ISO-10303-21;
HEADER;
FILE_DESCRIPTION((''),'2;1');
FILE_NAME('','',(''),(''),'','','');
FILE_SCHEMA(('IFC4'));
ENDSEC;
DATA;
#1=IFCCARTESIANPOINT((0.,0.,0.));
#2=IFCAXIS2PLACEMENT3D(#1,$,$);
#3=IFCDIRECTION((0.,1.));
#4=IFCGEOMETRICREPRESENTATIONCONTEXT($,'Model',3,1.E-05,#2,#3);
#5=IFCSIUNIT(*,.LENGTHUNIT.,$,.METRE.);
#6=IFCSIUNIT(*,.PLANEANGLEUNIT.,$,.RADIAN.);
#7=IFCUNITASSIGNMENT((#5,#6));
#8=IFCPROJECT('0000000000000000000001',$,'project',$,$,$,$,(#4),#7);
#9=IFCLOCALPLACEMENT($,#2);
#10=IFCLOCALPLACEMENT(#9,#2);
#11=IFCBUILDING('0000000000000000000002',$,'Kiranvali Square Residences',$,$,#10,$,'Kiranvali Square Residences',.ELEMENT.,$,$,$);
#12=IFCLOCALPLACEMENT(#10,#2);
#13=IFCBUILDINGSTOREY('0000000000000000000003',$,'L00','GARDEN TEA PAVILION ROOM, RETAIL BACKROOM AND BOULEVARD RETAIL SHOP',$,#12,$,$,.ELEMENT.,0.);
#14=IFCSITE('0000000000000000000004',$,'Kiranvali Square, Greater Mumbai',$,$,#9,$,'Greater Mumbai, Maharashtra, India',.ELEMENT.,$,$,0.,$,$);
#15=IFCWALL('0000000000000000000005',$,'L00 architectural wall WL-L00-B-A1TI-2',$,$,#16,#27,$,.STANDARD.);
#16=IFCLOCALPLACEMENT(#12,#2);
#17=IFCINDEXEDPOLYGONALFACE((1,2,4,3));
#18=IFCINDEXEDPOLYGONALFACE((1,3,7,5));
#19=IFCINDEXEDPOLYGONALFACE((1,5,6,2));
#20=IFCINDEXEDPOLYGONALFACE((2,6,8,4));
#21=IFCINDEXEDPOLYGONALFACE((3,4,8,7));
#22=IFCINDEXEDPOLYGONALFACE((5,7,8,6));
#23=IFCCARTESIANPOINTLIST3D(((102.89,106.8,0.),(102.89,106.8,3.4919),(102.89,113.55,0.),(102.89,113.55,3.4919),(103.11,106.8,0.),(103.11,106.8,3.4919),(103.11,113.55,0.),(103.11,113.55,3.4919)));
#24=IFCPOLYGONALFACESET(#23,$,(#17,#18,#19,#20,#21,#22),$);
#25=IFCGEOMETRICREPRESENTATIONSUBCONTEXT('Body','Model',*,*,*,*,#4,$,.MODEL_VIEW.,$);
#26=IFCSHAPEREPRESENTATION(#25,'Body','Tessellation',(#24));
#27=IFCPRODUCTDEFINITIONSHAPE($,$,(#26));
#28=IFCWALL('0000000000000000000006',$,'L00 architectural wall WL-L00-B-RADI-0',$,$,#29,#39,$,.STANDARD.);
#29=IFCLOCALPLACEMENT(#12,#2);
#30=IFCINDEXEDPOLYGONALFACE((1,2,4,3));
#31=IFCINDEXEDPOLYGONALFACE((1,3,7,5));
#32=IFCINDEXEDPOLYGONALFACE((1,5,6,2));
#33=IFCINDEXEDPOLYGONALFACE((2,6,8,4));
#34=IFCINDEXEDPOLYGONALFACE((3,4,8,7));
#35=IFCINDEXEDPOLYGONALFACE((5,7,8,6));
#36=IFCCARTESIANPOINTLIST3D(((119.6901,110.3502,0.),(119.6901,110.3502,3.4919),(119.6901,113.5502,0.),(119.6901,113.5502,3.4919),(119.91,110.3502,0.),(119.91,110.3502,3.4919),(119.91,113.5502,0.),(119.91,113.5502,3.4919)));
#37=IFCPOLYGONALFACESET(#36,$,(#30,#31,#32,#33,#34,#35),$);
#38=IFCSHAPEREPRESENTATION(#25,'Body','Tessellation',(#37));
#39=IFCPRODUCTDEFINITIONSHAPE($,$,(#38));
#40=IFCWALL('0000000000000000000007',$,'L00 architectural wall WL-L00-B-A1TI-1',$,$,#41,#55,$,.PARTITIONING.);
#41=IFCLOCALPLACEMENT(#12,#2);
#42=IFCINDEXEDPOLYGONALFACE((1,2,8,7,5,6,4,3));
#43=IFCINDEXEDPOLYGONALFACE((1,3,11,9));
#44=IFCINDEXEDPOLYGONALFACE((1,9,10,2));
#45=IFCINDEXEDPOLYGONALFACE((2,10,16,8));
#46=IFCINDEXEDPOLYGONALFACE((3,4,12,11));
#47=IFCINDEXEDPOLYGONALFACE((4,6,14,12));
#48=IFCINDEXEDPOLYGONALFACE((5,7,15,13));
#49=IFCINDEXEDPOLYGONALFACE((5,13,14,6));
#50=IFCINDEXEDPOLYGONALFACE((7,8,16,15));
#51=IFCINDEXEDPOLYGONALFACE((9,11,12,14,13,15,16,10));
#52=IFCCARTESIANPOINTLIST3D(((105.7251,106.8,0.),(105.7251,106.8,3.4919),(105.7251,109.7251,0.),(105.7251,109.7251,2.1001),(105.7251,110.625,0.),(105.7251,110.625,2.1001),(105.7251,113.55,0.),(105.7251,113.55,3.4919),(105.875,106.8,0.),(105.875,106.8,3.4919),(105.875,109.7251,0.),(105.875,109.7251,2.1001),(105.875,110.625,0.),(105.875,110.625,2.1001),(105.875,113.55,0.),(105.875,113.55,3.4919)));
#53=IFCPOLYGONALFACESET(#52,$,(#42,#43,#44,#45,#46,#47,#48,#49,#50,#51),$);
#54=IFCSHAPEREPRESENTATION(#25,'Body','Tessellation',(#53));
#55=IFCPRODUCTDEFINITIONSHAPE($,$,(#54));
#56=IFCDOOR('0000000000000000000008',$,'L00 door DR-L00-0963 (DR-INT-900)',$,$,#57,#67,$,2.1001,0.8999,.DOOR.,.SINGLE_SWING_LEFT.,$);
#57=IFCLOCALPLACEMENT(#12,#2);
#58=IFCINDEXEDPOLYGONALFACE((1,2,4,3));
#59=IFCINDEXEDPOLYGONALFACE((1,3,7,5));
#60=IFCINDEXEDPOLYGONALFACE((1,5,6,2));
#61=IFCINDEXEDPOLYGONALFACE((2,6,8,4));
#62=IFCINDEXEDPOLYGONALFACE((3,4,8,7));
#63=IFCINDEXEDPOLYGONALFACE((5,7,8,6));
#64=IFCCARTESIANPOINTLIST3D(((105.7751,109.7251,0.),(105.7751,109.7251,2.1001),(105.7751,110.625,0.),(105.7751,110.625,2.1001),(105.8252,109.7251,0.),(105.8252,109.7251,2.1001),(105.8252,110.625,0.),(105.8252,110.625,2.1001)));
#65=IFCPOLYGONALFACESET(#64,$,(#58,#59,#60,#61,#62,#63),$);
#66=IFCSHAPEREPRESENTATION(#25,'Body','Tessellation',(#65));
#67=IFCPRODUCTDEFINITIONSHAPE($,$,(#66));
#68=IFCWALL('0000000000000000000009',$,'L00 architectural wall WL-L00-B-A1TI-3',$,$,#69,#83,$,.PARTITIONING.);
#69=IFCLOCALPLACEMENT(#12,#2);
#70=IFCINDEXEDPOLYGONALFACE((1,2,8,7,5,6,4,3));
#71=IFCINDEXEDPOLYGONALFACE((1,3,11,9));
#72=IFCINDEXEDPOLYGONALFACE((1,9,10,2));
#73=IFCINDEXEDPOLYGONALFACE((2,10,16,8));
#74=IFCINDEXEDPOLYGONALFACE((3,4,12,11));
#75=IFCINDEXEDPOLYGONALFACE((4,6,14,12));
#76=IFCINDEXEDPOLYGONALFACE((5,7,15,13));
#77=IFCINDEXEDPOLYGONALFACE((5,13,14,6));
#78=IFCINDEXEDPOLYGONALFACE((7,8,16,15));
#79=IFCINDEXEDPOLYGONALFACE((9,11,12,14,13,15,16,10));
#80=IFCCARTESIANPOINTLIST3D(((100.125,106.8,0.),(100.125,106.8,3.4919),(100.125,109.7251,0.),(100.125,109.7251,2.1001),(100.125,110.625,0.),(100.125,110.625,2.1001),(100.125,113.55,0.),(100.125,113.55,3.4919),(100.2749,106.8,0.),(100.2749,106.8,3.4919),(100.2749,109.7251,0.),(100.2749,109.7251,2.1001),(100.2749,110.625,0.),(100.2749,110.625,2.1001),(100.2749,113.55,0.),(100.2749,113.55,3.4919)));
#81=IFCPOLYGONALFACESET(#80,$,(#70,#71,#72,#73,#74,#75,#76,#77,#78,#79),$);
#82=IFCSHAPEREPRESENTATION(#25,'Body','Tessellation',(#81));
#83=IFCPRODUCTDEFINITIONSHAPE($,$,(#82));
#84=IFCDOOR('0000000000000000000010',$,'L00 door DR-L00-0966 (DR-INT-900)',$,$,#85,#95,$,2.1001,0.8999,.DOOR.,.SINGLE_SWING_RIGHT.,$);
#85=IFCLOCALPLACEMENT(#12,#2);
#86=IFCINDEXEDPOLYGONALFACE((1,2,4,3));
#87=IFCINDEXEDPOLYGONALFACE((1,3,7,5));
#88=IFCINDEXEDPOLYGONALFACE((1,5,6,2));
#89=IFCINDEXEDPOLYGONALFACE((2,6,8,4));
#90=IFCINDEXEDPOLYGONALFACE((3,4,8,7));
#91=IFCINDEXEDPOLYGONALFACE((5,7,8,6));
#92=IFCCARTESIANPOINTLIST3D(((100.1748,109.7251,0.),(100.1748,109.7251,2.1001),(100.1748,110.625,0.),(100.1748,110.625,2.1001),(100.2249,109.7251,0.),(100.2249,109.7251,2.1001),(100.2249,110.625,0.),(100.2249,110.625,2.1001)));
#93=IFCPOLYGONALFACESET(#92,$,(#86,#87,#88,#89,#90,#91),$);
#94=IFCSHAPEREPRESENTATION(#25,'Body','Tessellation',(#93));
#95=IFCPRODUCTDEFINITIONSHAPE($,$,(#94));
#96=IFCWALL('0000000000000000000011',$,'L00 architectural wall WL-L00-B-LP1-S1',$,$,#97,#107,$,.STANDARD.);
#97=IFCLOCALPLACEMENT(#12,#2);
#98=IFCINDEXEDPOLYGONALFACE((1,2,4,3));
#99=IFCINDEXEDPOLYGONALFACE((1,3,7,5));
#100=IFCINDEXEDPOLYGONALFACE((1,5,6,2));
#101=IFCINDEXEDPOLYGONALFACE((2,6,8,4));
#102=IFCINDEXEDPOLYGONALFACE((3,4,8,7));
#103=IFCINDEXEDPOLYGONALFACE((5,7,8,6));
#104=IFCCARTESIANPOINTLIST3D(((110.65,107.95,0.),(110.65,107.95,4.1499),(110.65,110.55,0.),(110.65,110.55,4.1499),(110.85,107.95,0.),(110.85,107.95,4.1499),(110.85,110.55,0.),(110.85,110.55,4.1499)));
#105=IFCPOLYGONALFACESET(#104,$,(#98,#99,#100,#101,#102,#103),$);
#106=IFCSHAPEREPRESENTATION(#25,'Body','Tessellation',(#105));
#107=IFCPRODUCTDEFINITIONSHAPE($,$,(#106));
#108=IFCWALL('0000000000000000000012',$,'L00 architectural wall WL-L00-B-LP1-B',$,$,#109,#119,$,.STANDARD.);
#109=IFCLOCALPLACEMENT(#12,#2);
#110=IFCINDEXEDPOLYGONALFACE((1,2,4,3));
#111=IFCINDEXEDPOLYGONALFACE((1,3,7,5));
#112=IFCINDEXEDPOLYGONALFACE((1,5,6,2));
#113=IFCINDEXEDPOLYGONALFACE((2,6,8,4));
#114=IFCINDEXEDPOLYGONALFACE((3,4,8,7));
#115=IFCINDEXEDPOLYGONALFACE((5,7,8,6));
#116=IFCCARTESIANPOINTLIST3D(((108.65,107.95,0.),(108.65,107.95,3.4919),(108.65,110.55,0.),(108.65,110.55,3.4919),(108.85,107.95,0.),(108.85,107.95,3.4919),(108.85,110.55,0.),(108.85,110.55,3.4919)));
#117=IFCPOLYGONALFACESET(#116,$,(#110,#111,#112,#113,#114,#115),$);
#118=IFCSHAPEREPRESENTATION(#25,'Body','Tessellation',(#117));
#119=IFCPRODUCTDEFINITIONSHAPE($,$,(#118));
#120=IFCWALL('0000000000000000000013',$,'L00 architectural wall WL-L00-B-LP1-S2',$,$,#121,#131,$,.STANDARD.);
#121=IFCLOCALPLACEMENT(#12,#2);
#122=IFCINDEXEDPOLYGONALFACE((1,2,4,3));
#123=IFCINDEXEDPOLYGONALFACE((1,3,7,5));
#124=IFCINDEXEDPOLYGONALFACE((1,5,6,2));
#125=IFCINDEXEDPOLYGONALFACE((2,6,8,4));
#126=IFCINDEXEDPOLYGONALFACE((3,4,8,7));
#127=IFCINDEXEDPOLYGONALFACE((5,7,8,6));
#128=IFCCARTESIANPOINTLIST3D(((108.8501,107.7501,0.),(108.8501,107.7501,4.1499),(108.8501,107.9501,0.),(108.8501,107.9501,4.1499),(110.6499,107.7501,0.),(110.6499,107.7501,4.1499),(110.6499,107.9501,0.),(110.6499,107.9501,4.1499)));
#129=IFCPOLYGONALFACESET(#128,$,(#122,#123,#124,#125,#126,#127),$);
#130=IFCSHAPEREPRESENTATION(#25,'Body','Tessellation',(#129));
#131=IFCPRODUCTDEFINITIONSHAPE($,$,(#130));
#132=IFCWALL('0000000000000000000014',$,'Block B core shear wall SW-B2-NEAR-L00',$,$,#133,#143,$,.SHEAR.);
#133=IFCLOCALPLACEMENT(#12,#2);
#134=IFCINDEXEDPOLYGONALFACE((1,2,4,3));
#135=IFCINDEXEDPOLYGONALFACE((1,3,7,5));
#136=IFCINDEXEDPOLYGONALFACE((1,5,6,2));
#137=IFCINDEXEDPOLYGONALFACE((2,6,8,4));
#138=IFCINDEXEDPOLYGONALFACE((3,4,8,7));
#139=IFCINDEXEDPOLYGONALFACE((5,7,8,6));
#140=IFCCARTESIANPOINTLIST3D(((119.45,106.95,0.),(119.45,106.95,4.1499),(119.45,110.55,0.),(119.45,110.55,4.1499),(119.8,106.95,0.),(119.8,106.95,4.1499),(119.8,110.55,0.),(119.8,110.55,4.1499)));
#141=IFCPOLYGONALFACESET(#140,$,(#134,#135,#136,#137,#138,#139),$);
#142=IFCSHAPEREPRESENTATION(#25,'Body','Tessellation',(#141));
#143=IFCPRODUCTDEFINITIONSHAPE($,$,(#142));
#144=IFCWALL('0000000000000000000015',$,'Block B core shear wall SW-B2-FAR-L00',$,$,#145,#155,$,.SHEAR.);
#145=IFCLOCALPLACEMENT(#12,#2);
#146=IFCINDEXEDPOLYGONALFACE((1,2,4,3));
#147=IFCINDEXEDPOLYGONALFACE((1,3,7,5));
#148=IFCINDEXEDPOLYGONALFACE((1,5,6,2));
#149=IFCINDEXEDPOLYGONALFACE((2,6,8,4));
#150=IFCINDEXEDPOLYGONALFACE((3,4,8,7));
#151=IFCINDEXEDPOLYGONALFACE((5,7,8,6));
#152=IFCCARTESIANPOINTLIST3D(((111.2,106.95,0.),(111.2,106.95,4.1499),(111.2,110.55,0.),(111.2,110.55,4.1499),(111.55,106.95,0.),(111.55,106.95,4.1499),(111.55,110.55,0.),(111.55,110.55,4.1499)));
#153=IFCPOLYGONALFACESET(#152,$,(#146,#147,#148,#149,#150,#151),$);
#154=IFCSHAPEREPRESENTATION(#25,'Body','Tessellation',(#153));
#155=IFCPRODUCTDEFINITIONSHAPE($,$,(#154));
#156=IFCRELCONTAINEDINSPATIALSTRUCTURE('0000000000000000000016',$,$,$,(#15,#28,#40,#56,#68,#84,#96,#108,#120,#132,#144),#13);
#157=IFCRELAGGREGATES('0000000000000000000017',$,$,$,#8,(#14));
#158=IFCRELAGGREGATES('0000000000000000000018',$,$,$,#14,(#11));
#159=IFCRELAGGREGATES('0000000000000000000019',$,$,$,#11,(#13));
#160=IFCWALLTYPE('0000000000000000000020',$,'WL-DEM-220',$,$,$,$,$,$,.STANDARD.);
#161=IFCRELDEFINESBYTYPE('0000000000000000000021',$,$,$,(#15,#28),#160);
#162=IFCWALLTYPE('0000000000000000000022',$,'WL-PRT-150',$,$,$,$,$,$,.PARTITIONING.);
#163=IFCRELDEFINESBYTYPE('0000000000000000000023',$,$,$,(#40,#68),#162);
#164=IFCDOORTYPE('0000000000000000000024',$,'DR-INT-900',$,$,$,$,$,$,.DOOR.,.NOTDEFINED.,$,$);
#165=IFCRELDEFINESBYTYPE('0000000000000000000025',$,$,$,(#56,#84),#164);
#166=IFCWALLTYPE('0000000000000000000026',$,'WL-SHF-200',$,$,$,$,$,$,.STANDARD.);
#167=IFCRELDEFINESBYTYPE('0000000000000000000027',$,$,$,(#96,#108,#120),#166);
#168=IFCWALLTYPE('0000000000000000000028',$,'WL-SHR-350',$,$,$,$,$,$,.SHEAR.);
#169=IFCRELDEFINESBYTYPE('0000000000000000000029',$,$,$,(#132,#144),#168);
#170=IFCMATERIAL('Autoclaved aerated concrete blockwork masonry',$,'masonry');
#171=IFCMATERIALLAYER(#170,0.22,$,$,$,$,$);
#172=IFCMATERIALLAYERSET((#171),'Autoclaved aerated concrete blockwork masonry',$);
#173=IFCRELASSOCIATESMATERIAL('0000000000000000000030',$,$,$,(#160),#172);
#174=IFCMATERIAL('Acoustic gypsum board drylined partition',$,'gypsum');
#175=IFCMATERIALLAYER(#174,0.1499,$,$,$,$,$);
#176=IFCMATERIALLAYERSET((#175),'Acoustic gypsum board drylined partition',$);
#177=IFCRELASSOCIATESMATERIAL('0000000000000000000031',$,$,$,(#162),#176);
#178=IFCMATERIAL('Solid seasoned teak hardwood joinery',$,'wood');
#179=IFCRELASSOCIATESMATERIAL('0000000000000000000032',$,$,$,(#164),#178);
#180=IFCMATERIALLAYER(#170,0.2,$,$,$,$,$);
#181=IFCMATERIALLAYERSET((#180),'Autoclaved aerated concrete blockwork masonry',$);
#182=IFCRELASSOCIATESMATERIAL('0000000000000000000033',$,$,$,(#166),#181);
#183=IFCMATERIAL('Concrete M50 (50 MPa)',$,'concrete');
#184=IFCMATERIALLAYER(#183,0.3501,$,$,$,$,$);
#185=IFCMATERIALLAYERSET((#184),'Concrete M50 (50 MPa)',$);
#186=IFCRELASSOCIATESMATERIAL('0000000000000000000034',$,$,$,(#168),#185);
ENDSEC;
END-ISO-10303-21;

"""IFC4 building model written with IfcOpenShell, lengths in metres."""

from ifc_helpers import new_model, si_unit, direction, frame, frame_2d, origin, place, context, subcontext, project, spatial, rectangle, extrude, material, layer, layer_set, type_object, element, fill, save


model = new_model("IFC4")

# Units and contexts
model_context = context("Model", 3, precision=1e-05, world=origin(), true_north=direction((0.0, 1.0)))
body_context = subcontext(model_context, "Body", "Model", "MODEL_VIEW")
ifc_project = project(units=[si_unit("LENGTHUNIT", "METRE"), si_unit("PLANEANGLEUNIT", "RADIAN")], contexts=[model_context])

# Site, building, storey
site_placement = place(None, origin())
site = spatial("IfcSite", under=ifc_project, at=site_placement, Name="Kiranvali Square, Greater Mumbai", LongName="Greater Mumbai, Maharashtra, India", CompositionType="ELEMENT", RefElevation=0.0)
building_placement = place(site_placement, origin())
building = spatial("IfcBuilding", under=site, at=building_placement, Name="Kiranvali Square Residences", LongName="Kiranvali Square Residences", CompositionType="ELEMENT")
storey_placement = place(building_placement, origin())
storey = spatial("IfcBuildingStorey", under=building, at=storey_placement, Name="L00", Description="GARDEN TEA PAVILION ROOM, RETAIL BACKROOM AND BOULEVARD RETAIL SHOP", CompositionType="ELEMENT", Elevation=0.0)

# Walls
ifc_material_1 = material(Name="Autoclaved aerated concrete blockwork masonry", Category="masonry")
ifc_layer_1 = layer(ifc_material_1, 0.22)
ifc_layer_set_1 = layer_set([ifc_layer_1], Name="Autoclaved aerated concrete blockwork masonry")
wall_type_1 = type_object("IfcWallType", Name="WL-DEM-220", PredefinedType="STANDARD", material=ifc_layer_set_1)
wall_1_placement = place(storey_placement, frame((103.0, 106.8, 0.0), z_axis=(0.0, 0.0, 1.0), x_axis=(0.0, 1.0, 0.0)))
element("IfcWall", 1, at=wall_1_placement, inside=storey, type_object=wall_type_1, Name="L00 architectural wall WL-L00-B-A1TI-2", PredefinedType="STANDARD", context=body_context, shape_type="SweptSolid", body=[
    extrude(rectangle(XDim=6.75, YDim=0.22, at=frame_2d((3.375, 0.0))), origin(), (0.0, 0.0, 1.0), 3.4919),
])
wall_2_placement = place(storey_placement, frame((119.8, 110.3501, 0.0), z_axis=(0.0, 0.0, 1.0), x_axis=(0.0, 1.0, 0.0)))
element("IfcWall", 2, at=wall_2_placement, inside=storey, type_object=wall_type_1, Name="L00 architectural wall WL-L00-B-RADI-0", PredefinedType="STANDARD", context=body_context, shape_type="SweptSolid", body=[
    extrude(rectangle(XDim=3.2, YDim=0.22, at=frame_2d((1.6001, 0.0))), origin(), (0.0, 0.0, 1.0), 3.4919),
])

# Walls, openings, doors
ifc_material_2 = material(Name="Acoustic gypsum board drylined partition", Category="gypsum")
ifc_layer_2 = layer(ifc_material_2, 0.1499)
ifc_layer_set_2 = layer_set([ifc_layer_2], Name="Acoustic gypsum board drylined partition")
wall_type_2 = type_object("IfcWallType", Name="WL-PRT-150", PredefinedType="PARTITIONING", material=ifc_layer_set_2)
wall_3_placement = place(storey_placement, frame((105.8, 106.8, 0.0), z_axis=(0.0, 0.0, 1.0), x_axis=(0.0, 1.0, 0.0)))
wall_3 = element("IfcWall", 3, at=wall_3_placement, inside=storey, type_object=wall_type_2, Name="L00 architectural wall WL-L00-B-A1TI-1", PredefinedType="PARTITIONING", context=body_context, shape_type="SweptSolid", body=[
    extrude(rectangle(XDim=6.75, YDim=0.1499, at=frame_2d((3.375, 0.0))), origin(), (0.0, 0.0, 1.0), 3.4919),
])
opening_1_placement = place(wall_3_placement, frame((2.925, 0.0, 0.0)))
opening_1 = element("IfcOpeningElement", 4, at=opening_1_placement, cuts=wall_3, PredefinedType="OPENING", context=body_context, shape_type="SweptSolid", body=[
    extrude(rectangle(XDim=0.8999, YDim=2.1001, at=frame_2d((0.45, 1.05))), frame((0.0, 0.085, 0.0), z_axis=(0.0, -1.0, 0.0), x_axis=(1.0, 0.0, 0.0)), (0.0, 0.0, 1.0), 0.1699),
])
ifc_material_3 = material(Name="Solid seasoned teak hardwood joinery", Category="wood")
door_type_1 = type_object("IfcDoorType", Name="DR-INT-900", OperationType="NOTDEFINED", PredefinedType="DOOR", material=ifc_material_3)
door_1_placement = place(opening_1_placement, origin())
door_1 = element("IfcDoor", 5, at=door_1_placement, inside=storey, type_object=door_type_1, Name="L00 door DR-L00-0963 (DR-INT-900)", OperationType="SINGLE_SWING_LEFT", OverallHeight=2.1001, OverallWidth=0.8999, PredefinedType="DOOR", context=body_context, shape_type="SweptSolid", body=[
    extrude(rectangle(XDim=0.8999, YDim=2.1001, at=frame_2d((0.45, 1.05))), frame((0.0, 0.0249, 0.0), z_axis=(0.0, -1.0, 0.0), x_axis=(1.0, 0.0, 0.0)), (0.0, 0.0, 1.0), 0.05),
])
fill(opening_1, door_1)
wall_4_placement = place(storey_placement, frame((100.2, 106.8, 0.0), z_axis=(0.0, 0.0, 1.0), x_axis=(0.0, 1.0, 0.0)))
wall_4 = element("IfcWall", 6, at=wall_4_placement, inside=storey, type_object=wall_type_2, Name="L00 architectural wall WL-L00-B-A1TI-3", PredefinedType="PARTITIONING", context=body_context, shape_type="SweptSolid", body=[
    extrude(rectangle(XDim=6.75, YDim=0.1499, at=frame_2d((3.375, 0.0))), origin(), (0.0, 0.0, 1.0), 3.4919),
])
opening_2_placement = place(wall_4_placement, frame((2.925, 0.0, 0.0)))
opening_2 = element("IfcOpeningElement", 7, at=opening_2_placement, cuts=wall_4, PredefinedType="OPENING", context=body_context, shape_type="SweptSolid", body=[
    extrude(rectangle(XDim=0.8999, YDim=2.1001, at=frame_2d((0.45, 1.05))), frame((0.0, 0.085, 0.0), z_axis=(0.0, -1.0, 0.0), x_axis=(1.0, 0.0, 0.0)), (0.0, 0.0, 1.0), 0.1699),
])
door_2_placement = place(opening_2_placement, frame((0.8999, 0.0, 0.0), z_axis=(0.0, 0.0, 1.0), x_axis=(-1.0, 0.0, 0.0)))
door_2 = element("IfcDoor", 8, at=door_2_placement, inside=storey, type_object=door_type_1, Name="L00 door DR-L00-0966 (DR-INT-900)", OperationType="SINGLE_SWING_RIGHT", OverallHeight=2.1001, OverallWidth=0.8999, PredefinedType="DOOR", context=body_context, shape_type="SweptSolid", body=[
    extrude(rectangle(XDim=0.8999, YDim=2.1001, at=frame_2d((0.45, 1.05))), frame((0.0, 0.0249, 0.0), z_axis=(0.0, -1.0, 0.0), x_axis=(1.0, 0.0, 0.0)), (0.0, 0.0, 1.0), 0.05),
])
fill(opening_2, door_2)

# Walls
ifc_layer_3 = layer(ifc_material_1, 0.2)
ifc_layer_set_3 = layer_set([ifc_layer_3], Name="Autoclaved aerated concrete blockwork masonry")
wall_type_3 = type_object("IfcWallType", Name="WL-SHF-200", PredefinedType="STANDARD", material=ifc_layer_set_3)
wall_5_placement = place(storey_placement, frame((110.75, 107.95, 0.0), z_axis=(0.0, 0.0, 1.0), x_axis=(0.0, 1.0, 0.0)))
element("IfcWall", 9, at=wall_5_placement, inside=storey, type_object=wall_type_3, Name="L00 architectural wall WL-L00-B-LP1-S1", PredefinedType="STANDARD", context=body_context, shape_type="SweptSolid", body=[
    extrude(rectangle(XDim=2.6001, YDim=0.2, at=frame_2d((1.3, 0.0))), origin(), (0.0, 0.0, 1.0), 4.1499),
])
wall_6_placement = place(storey_placement, frame((108.75, 107.95, 0.0), z_axis=(0.0, 0.0, 1.0), x_axis=(0.0, 1.0, 0.0)))
element("IfcWall", 10, at=wall_6_placement, inside=storey, type_object=wall_type_3, Name="L00 architectural wall WL-L00-B-LP1-B", PredefinedType="STANDARD", context=body_context, shape_type="SweptSolid", body=[
    extrude(rectangle(XDim=2.6001, YDim=0.2, at=frame_2d((1.3, 0.0))), origin(), (0.0, 0.0, 1.0), 3.4919),
])
wall_7_placement = place(storey_placement, frame((110.6499, 107.8501, 0.0), z_axis=(0.0, 0.0, 1.0), x_axis=(-1.0, 0.0, 0.0)))
element("IfcWall", 11, at=wall_7_placement, inside=storey, type_object=wall_type_3, Name="L00 architectural wall WL-L00-B-LP1-S2", PredefinedType="STANDARD", context=body_context, shape_type="SweptSolid", body=[
    extrude(rectangle(XDim=1.7998, YDim=0.2, at=frame_2d((0.8999, 0.0))), origin(), (0.0, 0.0, 1.0), 4.1499),
])

# Shared definitions
ifc_material_4 = material(Name="Concrete M50 (50 MPa)", Category="concrete")
ifc_layer_4 = layer(ifc_material_4, 0.3501)
ifc_layer_set_4 = layer_set([ifc_layer_4], Name="Concrete M50 (50 MPa)")
wall_type_4 = type_object("IfcWallType", Name="WL-SHR-350", PredefinedType="SHEAR", material=ifc_layer_set_4)

# Walls
for number, where, z_axis, x_axis, name in (
    (12, (119.625, 106.95, 0.0), (0.0, 0.0, 1.0), (0.0, 1.0, 0.0), "Block B core shear wall SW-B2-NEAR-L00"),
    (13, (111.375, 106.95, 0.0), (0.0, 0.0, 1.0), (0.0, 1.0, 0.0), "Block B core shear wall SW-B2-FAR-L00"),
):
    element("IfcWall", number, at=place(storey_placement, frame(where, z_axis=z_axis, x_axis=x_axis)), inside=storey, type_object=wall_type_4, Name=name, PredefinedType="SHEAR", context=body_context, shape_type="SweptSolid", body=[
        extrude(rectangle(XDim=3.6001, YDim=0.3501, at=frame_2d((1.8, 0.0))), origin(), (0.0, 0.0, 1.0), 4.1499),
    ])

save(model, "model.ifc")
